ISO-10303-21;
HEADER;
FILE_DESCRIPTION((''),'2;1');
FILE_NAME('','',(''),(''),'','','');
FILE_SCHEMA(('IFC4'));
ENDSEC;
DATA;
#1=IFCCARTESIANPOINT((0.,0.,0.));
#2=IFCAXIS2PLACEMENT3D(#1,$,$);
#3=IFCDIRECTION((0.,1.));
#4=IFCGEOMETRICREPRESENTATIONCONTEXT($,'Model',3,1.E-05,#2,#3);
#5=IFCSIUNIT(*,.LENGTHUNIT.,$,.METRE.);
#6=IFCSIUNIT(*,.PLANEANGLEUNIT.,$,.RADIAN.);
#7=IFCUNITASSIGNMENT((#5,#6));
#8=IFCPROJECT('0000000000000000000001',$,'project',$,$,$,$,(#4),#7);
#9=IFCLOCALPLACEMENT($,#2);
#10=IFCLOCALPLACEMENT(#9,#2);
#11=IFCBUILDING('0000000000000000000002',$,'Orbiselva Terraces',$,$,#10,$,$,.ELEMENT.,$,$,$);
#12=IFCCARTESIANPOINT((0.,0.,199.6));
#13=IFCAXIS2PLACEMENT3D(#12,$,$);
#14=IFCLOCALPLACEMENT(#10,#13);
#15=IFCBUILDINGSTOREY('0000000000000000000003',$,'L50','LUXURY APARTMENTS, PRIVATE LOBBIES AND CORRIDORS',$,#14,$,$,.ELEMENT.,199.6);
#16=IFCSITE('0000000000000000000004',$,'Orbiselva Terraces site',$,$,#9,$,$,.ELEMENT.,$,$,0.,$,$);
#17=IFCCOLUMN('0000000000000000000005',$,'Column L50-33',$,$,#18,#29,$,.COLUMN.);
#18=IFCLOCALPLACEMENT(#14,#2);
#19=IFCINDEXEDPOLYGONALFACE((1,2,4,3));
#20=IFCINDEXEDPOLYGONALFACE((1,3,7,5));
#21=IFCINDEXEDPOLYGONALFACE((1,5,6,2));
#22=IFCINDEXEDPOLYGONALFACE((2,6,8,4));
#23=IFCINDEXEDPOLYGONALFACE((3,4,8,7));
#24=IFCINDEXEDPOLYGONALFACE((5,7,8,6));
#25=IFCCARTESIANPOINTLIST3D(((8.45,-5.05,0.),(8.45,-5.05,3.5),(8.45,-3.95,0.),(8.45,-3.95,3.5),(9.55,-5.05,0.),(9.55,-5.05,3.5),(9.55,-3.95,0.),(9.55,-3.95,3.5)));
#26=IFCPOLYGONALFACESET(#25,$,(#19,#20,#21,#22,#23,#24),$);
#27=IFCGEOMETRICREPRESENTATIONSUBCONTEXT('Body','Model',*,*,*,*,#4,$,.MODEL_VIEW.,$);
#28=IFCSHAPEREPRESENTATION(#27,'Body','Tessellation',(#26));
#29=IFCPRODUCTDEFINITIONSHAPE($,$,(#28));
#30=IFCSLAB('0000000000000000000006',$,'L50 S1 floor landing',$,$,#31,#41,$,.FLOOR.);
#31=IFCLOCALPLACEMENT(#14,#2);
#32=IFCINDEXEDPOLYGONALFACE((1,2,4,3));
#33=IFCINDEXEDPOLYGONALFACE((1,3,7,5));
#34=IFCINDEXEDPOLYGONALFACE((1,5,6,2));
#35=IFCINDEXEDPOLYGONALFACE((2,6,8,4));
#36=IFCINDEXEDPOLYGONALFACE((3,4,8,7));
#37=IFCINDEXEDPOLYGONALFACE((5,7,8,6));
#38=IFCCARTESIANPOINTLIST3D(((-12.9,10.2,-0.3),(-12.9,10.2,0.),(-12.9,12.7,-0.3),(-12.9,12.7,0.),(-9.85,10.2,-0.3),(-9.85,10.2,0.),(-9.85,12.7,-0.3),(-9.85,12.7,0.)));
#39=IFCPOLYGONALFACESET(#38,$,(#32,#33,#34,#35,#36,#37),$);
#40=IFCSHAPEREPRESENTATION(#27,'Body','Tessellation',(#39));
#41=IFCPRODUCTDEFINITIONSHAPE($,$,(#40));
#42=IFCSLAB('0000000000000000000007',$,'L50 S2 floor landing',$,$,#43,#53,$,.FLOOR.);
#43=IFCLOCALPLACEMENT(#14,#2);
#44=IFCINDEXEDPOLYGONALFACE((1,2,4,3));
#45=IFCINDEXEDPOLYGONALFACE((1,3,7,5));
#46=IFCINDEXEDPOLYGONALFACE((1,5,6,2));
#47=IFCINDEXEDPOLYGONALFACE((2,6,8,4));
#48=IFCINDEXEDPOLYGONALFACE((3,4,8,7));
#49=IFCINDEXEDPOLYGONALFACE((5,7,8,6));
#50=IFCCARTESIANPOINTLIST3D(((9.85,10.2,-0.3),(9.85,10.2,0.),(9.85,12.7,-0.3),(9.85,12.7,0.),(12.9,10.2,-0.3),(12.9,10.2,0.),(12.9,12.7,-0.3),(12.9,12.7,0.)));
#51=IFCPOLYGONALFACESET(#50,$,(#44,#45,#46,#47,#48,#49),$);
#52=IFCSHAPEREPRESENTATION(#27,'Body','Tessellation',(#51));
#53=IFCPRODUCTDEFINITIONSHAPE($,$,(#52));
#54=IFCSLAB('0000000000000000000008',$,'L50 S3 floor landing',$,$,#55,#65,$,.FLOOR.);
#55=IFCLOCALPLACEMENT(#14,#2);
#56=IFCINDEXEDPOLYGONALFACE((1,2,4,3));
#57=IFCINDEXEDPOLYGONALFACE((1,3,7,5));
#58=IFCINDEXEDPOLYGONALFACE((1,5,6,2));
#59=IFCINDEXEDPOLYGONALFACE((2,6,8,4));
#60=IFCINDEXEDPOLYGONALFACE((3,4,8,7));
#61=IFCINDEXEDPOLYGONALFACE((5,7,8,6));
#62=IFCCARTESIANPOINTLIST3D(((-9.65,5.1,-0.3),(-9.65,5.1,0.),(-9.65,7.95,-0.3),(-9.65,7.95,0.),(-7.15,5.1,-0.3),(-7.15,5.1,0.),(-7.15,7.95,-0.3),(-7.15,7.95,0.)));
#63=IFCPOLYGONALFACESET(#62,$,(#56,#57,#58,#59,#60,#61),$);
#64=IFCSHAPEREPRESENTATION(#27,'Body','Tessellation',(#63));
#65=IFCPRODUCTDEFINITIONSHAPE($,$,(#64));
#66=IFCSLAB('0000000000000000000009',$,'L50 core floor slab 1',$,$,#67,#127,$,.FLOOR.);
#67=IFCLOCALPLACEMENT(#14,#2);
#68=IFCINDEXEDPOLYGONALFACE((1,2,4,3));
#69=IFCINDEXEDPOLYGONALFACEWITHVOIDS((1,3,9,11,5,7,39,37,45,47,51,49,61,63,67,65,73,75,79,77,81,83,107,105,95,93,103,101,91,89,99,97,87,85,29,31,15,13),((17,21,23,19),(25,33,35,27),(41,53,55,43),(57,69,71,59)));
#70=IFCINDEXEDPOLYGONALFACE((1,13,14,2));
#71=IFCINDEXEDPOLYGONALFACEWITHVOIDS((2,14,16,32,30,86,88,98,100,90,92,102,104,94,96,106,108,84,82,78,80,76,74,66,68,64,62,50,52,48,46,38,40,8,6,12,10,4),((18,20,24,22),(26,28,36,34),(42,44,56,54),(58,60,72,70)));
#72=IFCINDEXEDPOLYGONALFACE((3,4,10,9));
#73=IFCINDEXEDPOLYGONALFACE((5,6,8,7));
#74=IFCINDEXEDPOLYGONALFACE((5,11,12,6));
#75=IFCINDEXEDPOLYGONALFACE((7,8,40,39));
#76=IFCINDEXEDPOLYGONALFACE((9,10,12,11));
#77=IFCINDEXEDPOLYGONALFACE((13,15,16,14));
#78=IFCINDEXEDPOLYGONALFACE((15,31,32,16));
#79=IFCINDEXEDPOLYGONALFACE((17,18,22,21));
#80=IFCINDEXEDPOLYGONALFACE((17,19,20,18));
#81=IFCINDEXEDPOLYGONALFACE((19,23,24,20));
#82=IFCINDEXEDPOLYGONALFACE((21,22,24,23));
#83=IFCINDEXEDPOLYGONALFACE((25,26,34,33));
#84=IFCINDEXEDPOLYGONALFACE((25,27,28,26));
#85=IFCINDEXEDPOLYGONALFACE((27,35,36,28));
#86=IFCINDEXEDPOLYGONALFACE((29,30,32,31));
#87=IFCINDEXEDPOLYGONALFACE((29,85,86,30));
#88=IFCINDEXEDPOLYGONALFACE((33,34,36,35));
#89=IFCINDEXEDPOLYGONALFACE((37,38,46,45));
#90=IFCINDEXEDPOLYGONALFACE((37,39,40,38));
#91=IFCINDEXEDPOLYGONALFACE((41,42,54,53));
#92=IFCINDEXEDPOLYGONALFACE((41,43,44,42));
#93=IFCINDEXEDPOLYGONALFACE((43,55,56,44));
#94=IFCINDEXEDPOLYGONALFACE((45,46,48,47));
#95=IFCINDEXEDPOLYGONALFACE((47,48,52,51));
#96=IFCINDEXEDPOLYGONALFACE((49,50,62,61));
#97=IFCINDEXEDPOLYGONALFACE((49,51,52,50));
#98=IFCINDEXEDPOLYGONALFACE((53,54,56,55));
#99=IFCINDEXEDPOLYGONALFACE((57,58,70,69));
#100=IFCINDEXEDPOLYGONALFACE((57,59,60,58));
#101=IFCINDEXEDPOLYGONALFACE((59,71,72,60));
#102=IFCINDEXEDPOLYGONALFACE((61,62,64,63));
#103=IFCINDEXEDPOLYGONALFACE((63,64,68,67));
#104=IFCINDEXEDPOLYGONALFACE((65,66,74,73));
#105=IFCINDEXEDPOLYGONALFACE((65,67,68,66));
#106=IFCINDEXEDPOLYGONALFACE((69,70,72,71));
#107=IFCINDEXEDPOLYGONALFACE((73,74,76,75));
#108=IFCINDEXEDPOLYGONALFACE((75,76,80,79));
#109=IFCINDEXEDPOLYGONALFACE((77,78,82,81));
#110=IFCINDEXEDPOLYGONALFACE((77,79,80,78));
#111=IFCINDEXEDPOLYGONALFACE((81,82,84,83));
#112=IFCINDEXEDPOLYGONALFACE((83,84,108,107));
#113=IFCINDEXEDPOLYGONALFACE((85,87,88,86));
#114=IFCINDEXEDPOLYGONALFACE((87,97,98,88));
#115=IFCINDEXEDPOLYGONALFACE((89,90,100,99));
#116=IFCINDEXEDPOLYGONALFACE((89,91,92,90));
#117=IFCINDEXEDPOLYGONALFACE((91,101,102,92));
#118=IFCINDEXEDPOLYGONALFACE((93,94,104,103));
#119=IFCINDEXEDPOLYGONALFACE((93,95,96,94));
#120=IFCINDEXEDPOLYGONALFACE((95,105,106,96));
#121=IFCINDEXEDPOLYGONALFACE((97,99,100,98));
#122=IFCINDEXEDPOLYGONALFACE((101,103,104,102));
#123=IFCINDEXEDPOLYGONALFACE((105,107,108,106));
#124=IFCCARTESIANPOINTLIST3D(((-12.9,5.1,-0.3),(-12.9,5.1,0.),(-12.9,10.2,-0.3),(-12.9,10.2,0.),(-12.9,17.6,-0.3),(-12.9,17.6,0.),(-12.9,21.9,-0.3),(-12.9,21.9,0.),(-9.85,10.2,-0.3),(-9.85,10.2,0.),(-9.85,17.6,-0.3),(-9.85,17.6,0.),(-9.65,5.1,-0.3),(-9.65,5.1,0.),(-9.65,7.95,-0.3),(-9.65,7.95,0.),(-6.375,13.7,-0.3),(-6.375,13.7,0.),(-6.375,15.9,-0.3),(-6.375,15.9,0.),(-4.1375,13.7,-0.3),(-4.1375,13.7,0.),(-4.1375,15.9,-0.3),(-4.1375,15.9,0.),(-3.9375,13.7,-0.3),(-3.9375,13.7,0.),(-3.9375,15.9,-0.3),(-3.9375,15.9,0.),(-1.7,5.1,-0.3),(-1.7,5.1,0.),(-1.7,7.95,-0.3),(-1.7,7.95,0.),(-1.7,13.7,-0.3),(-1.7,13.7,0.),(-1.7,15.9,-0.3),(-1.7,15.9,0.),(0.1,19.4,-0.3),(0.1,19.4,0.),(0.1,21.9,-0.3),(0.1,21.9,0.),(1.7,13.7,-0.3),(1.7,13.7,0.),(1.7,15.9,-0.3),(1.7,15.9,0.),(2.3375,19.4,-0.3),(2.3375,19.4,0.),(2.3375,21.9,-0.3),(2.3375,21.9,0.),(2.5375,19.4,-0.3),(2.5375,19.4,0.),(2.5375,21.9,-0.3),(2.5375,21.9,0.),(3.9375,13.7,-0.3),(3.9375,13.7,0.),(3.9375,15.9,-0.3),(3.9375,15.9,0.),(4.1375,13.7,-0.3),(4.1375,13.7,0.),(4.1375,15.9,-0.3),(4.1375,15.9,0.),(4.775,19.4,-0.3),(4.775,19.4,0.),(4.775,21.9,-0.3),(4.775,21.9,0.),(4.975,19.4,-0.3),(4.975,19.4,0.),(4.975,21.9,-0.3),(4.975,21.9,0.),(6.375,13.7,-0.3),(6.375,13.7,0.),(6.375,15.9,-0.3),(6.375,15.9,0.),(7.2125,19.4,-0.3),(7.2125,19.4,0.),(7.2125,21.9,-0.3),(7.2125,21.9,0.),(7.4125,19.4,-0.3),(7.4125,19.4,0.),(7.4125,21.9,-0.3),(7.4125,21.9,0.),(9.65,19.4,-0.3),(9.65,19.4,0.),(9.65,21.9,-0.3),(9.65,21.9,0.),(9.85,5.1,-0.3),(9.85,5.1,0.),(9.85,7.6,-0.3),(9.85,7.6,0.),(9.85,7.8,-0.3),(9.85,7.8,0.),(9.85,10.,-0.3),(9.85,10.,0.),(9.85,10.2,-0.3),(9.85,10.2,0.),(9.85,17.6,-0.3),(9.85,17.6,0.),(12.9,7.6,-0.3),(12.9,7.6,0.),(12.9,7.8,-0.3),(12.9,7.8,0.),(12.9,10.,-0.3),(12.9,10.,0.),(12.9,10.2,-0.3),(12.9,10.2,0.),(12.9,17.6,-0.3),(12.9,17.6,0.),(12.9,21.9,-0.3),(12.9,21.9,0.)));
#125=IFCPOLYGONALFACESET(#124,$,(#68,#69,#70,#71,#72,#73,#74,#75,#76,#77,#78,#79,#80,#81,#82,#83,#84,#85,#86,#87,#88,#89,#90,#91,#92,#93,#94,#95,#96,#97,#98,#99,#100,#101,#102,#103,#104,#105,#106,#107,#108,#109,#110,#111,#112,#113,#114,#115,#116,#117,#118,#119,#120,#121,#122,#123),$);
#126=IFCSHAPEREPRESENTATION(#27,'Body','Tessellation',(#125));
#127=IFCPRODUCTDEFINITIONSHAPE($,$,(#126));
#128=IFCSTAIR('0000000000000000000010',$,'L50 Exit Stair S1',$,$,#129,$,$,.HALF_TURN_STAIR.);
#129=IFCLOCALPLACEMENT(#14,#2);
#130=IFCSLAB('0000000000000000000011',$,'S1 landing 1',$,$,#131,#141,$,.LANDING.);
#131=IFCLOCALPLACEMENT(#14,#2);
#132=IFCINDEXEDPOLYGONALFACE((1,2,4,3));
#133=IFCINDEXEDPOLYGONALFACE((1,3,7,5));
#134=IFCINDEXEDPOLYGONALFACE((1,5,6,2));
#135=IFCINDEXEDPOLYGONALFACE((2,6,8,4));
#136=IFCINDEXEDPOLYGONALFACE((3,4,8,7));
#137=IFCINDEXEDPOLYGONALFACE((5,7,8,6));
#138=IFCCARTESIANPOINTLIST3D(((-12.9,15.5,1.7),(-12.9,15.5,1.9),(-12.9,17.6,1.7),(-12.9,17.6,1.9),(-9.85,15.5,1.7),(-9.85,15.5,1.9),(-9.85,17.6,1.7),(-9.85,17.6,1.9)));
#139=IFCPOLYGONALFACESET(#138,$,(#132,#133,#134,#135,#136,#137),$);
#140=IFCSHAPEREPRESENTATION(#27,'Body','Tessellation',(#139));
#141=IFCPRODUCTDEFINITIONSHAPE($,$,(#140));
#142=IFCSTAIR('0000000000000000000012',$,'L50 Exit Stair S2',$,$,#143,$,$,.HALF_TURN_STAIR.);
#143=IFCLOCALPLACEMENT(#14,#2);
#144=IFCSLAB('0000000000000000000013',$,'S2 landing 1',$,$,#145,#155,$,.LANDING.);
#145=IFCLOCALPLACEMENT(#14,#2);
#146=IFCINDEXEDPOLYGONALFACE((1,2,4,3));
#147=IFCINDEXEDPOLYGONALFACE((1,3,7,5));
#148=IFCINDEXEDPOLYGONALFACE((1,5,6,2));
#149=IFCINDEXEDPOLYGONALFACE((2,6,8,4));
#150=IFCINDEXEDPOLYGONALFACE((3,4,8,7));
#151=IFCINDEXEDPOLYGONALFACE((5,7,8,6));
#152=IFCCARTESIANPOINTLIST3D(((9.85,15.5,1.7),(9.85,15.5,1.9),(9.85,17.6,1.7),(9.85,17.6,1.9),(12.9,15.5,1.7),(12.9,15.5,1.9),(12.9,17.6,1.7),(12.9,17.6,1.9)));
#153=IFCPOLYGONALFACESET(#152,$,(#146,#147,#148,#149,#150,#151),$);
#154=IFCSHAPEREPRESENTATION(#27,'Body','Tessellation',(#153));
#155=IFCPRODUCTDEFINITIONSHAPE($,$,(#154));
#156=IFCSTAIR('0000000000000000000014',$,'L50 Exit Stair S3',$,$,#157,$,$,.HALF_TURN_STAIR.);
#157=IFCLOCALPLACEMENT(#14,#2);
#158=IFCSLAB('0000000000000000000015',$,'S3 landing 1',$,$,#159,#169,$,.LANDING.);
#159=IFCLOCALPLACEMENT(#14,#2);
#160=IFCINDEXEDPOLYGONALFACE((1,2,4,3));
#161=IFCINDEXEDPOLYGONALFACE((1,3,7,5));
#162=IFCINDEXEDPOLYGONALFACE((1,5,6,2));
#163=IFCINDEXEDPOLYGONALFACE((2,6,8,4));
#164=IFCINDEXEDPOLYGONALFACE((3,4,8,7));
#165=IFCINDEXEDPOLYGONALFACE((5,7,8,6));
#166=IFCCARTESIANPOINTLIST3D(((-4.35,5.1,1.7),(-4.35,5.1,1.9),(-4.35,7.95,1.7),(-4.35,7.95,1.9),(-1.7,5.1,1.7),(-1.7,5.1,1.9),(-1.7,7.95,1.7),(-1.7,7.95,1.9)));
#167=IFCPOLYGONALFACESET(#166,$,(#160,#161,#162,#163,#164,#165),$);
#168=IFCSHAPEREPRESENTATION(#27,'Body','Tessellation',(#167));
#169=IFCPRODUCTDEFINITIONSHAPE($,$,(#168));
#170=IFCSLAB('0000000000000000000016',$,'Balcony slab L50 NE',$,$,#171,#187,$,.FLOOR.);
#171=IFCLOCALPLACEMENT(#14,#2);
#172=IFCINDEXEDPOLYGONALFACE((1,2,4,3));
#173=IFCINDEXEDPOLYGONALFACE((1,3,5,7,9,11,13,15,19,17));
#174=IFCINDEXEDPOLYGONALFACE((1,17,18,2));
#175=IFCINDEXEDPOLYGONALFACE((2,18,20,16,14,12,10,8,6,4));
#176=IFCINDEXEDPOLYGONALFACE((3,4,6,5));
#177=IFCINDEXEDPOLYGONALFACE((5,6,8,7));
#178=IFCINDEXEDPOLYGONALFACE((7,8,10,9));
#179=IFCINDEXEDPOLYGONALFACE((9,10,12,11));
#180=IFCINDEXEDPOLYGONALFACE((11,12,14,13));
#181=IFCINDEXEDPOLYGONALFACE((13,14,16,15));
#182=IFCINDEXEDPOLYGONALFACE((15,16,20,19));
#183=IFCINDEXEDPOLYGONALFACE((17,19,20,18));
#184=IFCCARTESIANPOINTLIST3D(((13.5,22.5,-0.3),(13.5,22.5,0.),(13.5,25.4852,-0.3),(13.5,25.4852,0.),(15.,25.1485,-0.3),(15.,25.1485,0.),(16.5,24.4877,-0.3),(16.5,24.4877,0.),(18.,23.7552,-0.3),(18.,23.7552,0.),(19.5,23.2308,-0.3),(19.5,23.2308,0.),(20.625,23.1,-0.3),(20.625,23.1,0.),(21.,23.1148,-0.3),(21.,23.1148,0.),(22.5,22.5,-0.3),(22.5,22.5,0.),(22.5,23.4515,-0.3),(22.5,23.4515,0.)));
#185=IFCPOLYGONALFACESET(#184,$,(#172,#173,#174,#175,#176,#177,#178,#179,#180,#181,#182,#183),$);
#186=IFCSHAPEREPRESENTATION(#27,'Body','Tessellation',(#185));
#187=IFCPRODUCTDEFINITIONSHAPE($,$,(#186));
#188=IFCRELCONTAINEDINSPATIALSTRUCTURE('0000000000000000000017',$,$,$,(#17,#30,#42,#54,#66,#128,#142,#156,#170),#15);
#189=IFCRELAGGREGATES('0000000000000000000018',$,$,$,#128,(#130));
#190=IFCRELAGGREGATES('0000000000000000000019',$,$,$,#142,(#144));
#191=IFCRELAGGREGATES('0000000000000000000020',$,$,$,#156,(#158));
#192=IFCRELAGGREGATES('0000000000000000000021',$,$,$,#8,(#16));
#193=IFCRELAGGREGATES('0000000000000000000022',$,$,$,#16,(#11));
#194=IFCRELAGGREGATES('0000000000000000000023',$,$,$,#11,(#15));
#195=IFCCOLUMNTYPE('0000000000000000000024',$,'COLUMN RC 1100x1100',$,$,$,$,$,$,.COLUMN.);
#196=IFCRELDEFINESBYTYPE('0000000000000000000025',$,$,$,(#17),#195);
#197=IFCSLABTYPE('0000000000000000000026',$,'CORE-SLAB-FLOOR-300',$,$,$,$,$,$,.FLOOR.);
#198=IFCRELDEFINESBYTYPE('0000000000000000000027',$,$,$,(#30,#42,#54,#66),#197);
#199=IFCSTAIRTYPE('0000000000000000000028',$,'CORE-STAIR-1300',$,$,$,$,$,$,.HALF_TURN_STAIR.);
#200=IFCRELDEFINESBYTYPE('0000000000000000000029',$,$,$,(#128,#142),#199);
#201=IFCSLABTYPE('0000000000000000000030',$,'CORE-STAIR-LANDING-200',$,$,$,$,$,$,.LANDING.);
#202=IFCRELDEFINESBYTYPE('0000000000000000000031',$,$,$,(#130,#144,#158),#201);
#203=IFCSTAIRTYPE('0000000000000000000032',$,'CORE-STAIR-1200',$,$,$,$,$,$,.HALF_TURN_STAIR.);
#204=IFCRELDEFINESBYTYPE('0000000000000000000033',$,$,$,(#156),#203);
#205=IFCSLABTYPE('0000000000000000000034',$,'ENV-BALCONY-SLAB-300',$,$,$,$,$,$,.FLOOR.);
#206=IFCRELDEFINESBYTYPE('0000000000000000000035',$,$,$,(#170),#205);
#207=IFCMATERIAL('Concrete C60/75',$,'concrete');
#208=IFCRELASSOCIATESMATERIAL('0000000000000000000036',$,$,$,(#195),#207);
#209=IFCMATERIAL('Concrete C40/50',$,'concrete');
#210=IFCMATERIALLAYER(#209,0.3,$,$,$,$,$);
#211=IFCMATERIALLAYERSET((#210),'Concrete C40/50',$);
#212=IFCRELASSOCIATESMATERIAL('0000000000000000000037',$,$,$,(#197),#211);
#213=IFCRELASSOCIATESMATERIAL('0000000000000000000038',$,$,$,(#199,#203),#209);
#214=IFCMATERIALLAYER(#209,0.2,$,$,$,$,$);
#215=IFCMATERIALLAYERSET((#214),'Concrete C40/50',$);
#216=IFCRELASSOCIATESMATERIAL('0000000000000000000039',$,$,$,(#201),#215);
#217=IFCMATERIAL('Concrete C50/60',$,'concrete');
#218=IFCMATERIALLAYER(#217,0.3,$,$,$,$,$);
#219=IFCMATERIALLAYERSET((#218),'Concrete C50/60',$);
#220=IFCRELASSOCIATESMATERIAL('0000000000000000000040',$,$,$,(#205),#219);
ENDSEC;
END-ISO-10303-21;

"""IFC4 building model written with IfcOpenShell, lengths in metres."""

from ifc_helpers import new_model, si_unit, direction, frame, origin, origin_2d, place, context, subcontext, project, spatial, polyline, rectangle, outline, extrude, material, layer, layer_set, material_profile, profile_set, type_object, element, aggregate, save


model = new_model("IFC4")

# Units and contexts
model_context = context("Model", 3, precision=1e-05, world=origin(), true_north=direction((0.0, 1.0)))
body_context = subcontext(model_context, "Body", "Model", "MODEL_VIEW")
ifc_project = project(units=[si_unit("LENGTHUNIT", "METRE"), si_unit("PLANEANGLEUNIT", "RADIAN")], contexts=[model_context])

# Site, building, storey
site_placement = place(None, origin())
site = spatial("IfcSite", under=ifc_project, at=site_placement, Name="Orbiselva Terraces site", CompositionType="ELEMENT", RefElevation=0.0)
building_placement = place(site_placement, origin())
building = spatial("IfcBuilding", under=site, at=building_placement, Name="Orbiselva Terraces", CompositionType="ELEMENT")
storey_placement = place(building_placement, frame((0.0, 0.0, 199.6)))
storey = spatial("IfcBuildingStorey", under=building, at=storey_placement, Name="L50", Description="LUXURY APARTMENTS, PRIVATE LOBBIES AND CORRIDORS", CompositionType="ELEMENT", Elevation=199.6)

# Column
ifc_material_1 = material(Name="Concrete C60/75", Category="concrete")
ifc_material_profile = material_profile(ifc_material_1, rectangle(XDim=1.1, YDim=1.1, at=origin_2d()), Name="RC 1100x1100")
ifc_profile_set = profile_set([ifc_material_profile], Name="Concrete C60/75")
column_type = type_object("IfcColumnType", Name="COLUMN RC 1100x1100", PredefinedType="COLUMN", material=ifc_profile_set)
column_placement = place(storey_placement, frame((9.0, -4.5, 0.0), z_axis=(0.0, 0.0, 1.0), x_axis=(1.0, 0.0, 0.0)))
element("IfcColumn", 1, at=column_placement, inside=storey, type_object=column_type, Name="Column L50-33", PredefinedType="COLUMN", context=body_context, shape_type="SweptSolid", body=[
    extrude(rectangle(XDim=1.1, YDim=1.1, at=origin_2d()), origin(), (0.0, 0.0, 1.0), 3.5),
])

# Slabs
ifc_material_2 = material(Name="Concrete C40/50", Category="concrete")
ifc_layer_1 = layer(ifc_material_2, 0.3)
ifc_layer_set_1 = layer_set([ifc_layer_1], Name="Concrete C40/50")
slab_type_1 = type_object("IfcSlabType", Name="CORE-SLAB-FLOOR-300", PredefinedType="FLOOR", material=ifc_layer_set_1)
slab_1_placement = place(storey_placement, frame((0.0, 0.0, -0.3)))
element("IfcSlab", 2, at=slab_1_placement, inside=storey, type_object=slab_type_1, Name="L50 S1 floor landing", PredefinedType="FLOOR", context=body_context, shape_type="SweptSolid", body=[
    extrude(outline(polyline([(-12.9, 12.7), (-9.85, 12.7), (-9.85, 10.2), (-12.9, 10.2), (-12.9, 12.7)])), origin(), (0.0, 0.0, 1.0), 0.3),
])
slab_2_placement = place(storey_placement, frame((0.0, 0.0, -0.3)))
element("IfcSlab", 3, at=slab_2_placement, inside=storey, type_object=slab_type_1, Name="L50 S2 floor landing", PredefinedType="FLOOR", context=body_context, shape_type="SweptSolid", body=[
    extrude(outline(polyline([(12.9, 12.7), (12.9, 10.2), (9.85, 10.2), (9.85, 12.7), (12.9, 12.7)])), origin(), (0.0, 0.0, 1.0), 0.3),
])
slab_3_placement = place(storey_placement, frame((0.0, 0.0, -0.3)))
element("IfcSlab", 4, at=slab_3_placement, inside=storey, type_object=slab_type_1, Name="L50 S3 floor landing", PredefinedType="FLOOR", context=body_context, shape_type="SweptSolid", body=[
    extrude(outline(polyline([(-7.15, 5.1), (-9.65, 5.1), (-9.65, 7.95), (-7.15, 7.95), (-7.15, 5.1)])), origin(), (0.0, 0.0, 1.0), 0.3),
])
slab_4_placement = place(storey_placement, frame((0.0, 0.0, -0.3)))
element("IfcSlab", 5, at=slab_4_placement, inside=storey, type_object=slab_type_1, Name="L50 core floor slab 1", PredefinedType="FLOOR", context=body_context, shape_type="SweptSolid", body=[
    extrude(outline(polyline([(-1.7, 5.1), (-1.7, 7.95), (-9.65, 7.95), (-9.65, 5.1), (-12.9, 5.1), (-12.9, 10.2), (-9.85, 10.2), (-9.85, 17.6), (-12.9, 17.6), (-12.9, 21.9), (0.1, 21.9), (0.1, 19.4), (2.3375, 19.4), (2.3375, 21.9), (2.5375, 21.9), (2.5375, 19.4), (4.775, 19.4), (4.775, 21.9), (4.975, 21.9), (4.975, 19.4), (7.2125, 19.4), (7.2125, 21.9), (7.4125, 21.9), (7.4125, 19.4), (9.65, 19.4), (9.65, 21.9), (12.9, 21.9), (12.9, 17.6), (9.85, 17.6), (9.85, 10.2), (12.9, 10.2), (12.9, 10.0), (9.85, 10.0), (9.85, 7.8), (12.9, 7.8), (12.9, 7.6), (9.85, 7.6), (9.85, 5.1), (-1.7, 5.1)]), holes=[polyline([(-4.1375, 13.7), (-4.1375, 15.9), (-6.375, 15.9), (-6.375, 13.7), (-4.1375, 13.7)]), polyline([(-1.7, 13.7), (-1.7, 15.9), (-3.9375, 15.9), (-3.9375, 13.7), (-1.7, 13.7)]), polyline([(3.9375, 15.9), (1.7, 15.9), (1.7, 13.7), (3.9375, 13.7), (3.9375, 15.9)]), polyline([(6.375, 13.7), (6.375, 15.9), (4.1375, 15.9), (4.1375, 13.7), (6.375, 13.7)])]), origin(), (0.0, 0.0, 1.0), 0.3),
])

# Stairs, slabs
stair_type_1 = type_object("IfcStairType", Name="CORE-STAIR-1300", PredefinedType="HALF_TURN_STAIR", material=ifc_material_2)
stair_1_placement = place(storey_placement, origin())
stair_1 = element("IfcStair", 6, at=stair_1_placement, inside=storey, type_object=stair_type_1, Name="L50 Exit Stair S1", PredefinedType="HALF_TURN_STAIR")
ifc_layer_2 = layer(ifc_material_2, 0.2)
ifc_layer_set_2 = layer_set([ifc_layer_2], Name="Concrete C40/50")
slab_type_2 = type_object("IfcSlabType", Name="CORE-STAIR-LANDING-200", PredefinedType="LANDING", material=ifc_layer_set_2)
slab_5_placement = place(storey_placement, frame((0.0, 0.0, 1.7)))
slab_5 = element("IfcSlab", 7, at=slab_5_placement, type_object=slab_type_2, Name="S1 landing 1", PredefinedType="LANDING", context=body_context, shape_type="SweptSolid", body=[
    extrude(outline(polyline([(-9.85, 15.5), (-9.85, 17.6), (-12.9, 17.6), (-12.9, 15.5), (-9.85, 15.5)])), origin(), (0.0, 0.0, 1.0), 0.2),
])
aggregate(stair_1, [slab_5])
stair_2_placement = place(storey_placement, origin())
stair_2 = element("IfcStair", 8, at=stair_2_placement, inside=storey, type_object=stair_type_1, Name="L50 Exit Stair S2", PredefinedType="HALF_TURN_STAIR")
slab_6_placement = place(storey_placement, frame((0.0, 0.0, 1.7)))
slab_6 = element("IfcSlab", 9, at=slab_6_placement, type_object=slab_type_2, Name="S2 landing 1", PredefinedType="LANDING", context=body_context, shape_type="SweptSolid", body=[
    extrude(outline(polyline([(12.9, 15.5), (12.9, 17.6), (9.85, 17.6), (9.85, 15.5), (12.9, 15.5)])), origin(), (0.0, 0.0, 1.0), 0.2),
])
aggregate(stair_2, [slab_6])
stair_type_2 = type_object("IfcStairType", Name="CORE-STAIR-1200", PredefinedType="HALF_TURN_STAIR", material=ifc_material_2)
stair_3_placement = place(storey_placement, origin())
stair_3 = element("IfcStair", 10, at=stair_3_placement, inside=storey, type_object=stair_type_2, Name="L50 Exit Stair S3", PredefinedType="HALF_TURN_STAIR")
slab_7_placement = place(storey_placement, frame((0.0, 0.0, 1.7)))
slab_7 = element("IfcSlab", 11, at=slab_7_placement, type_object=slab_type_2, Name="S3 landing 1", PredefinedType="LANDING", context=body_context, shape_type="SweptSolid", body=[
    extrude(outline(polyline([(-4.35, 5.1), (-1.7, 5.1), (-1.7, 7.95), (-4.35, 7.95), (-4.35, 5.1)])), origin(), (0.0, 0.0, 1.0), 0.2),
])
aggregate(stair_3, [slab_7])

# Slab
ifc_material_3 = material(Name="Concrete C50/60", Category="concrete")
ifc_layer_3 = layer(ifc_material_3, 0.3)
ifc_layer_set_3 = layer_set([ifc_layer_3], Name="Concrete C50/60")
slab_type_3 = type_object("IfcSlabType", Name="ENV-BALCONY-SLAB-300", PredefinedType="FLOOR", material=ifc_layer_set_3)
slab_8_placement = place(storey_placement, frame((0.0, 0.0, -0.3)))
element("IfcSlab", 12, at=slab_8_placement, inside=storey, type_object=slab_type_3, Name="Balcony slab L50 NE", PredefinedType="FLOOR", context=body_context, shape_type="SweptSolid", body=[
    extrude(outline(polyline([(22.5, 23.4515), (21.0, 23.1148), (20.625, 23.1), (19.5, 23.2308), (18.0, 23.7552), (16.5, 24.4877), (15.0, 25.1485), (13.5, 25.4852), (13.5, 22.5), (22.5, 22.5), (22.5, 23.4515)])), origin(), (0.0, 0.0, 1.0), 0.3),
])

save(model, "model.ifc")
